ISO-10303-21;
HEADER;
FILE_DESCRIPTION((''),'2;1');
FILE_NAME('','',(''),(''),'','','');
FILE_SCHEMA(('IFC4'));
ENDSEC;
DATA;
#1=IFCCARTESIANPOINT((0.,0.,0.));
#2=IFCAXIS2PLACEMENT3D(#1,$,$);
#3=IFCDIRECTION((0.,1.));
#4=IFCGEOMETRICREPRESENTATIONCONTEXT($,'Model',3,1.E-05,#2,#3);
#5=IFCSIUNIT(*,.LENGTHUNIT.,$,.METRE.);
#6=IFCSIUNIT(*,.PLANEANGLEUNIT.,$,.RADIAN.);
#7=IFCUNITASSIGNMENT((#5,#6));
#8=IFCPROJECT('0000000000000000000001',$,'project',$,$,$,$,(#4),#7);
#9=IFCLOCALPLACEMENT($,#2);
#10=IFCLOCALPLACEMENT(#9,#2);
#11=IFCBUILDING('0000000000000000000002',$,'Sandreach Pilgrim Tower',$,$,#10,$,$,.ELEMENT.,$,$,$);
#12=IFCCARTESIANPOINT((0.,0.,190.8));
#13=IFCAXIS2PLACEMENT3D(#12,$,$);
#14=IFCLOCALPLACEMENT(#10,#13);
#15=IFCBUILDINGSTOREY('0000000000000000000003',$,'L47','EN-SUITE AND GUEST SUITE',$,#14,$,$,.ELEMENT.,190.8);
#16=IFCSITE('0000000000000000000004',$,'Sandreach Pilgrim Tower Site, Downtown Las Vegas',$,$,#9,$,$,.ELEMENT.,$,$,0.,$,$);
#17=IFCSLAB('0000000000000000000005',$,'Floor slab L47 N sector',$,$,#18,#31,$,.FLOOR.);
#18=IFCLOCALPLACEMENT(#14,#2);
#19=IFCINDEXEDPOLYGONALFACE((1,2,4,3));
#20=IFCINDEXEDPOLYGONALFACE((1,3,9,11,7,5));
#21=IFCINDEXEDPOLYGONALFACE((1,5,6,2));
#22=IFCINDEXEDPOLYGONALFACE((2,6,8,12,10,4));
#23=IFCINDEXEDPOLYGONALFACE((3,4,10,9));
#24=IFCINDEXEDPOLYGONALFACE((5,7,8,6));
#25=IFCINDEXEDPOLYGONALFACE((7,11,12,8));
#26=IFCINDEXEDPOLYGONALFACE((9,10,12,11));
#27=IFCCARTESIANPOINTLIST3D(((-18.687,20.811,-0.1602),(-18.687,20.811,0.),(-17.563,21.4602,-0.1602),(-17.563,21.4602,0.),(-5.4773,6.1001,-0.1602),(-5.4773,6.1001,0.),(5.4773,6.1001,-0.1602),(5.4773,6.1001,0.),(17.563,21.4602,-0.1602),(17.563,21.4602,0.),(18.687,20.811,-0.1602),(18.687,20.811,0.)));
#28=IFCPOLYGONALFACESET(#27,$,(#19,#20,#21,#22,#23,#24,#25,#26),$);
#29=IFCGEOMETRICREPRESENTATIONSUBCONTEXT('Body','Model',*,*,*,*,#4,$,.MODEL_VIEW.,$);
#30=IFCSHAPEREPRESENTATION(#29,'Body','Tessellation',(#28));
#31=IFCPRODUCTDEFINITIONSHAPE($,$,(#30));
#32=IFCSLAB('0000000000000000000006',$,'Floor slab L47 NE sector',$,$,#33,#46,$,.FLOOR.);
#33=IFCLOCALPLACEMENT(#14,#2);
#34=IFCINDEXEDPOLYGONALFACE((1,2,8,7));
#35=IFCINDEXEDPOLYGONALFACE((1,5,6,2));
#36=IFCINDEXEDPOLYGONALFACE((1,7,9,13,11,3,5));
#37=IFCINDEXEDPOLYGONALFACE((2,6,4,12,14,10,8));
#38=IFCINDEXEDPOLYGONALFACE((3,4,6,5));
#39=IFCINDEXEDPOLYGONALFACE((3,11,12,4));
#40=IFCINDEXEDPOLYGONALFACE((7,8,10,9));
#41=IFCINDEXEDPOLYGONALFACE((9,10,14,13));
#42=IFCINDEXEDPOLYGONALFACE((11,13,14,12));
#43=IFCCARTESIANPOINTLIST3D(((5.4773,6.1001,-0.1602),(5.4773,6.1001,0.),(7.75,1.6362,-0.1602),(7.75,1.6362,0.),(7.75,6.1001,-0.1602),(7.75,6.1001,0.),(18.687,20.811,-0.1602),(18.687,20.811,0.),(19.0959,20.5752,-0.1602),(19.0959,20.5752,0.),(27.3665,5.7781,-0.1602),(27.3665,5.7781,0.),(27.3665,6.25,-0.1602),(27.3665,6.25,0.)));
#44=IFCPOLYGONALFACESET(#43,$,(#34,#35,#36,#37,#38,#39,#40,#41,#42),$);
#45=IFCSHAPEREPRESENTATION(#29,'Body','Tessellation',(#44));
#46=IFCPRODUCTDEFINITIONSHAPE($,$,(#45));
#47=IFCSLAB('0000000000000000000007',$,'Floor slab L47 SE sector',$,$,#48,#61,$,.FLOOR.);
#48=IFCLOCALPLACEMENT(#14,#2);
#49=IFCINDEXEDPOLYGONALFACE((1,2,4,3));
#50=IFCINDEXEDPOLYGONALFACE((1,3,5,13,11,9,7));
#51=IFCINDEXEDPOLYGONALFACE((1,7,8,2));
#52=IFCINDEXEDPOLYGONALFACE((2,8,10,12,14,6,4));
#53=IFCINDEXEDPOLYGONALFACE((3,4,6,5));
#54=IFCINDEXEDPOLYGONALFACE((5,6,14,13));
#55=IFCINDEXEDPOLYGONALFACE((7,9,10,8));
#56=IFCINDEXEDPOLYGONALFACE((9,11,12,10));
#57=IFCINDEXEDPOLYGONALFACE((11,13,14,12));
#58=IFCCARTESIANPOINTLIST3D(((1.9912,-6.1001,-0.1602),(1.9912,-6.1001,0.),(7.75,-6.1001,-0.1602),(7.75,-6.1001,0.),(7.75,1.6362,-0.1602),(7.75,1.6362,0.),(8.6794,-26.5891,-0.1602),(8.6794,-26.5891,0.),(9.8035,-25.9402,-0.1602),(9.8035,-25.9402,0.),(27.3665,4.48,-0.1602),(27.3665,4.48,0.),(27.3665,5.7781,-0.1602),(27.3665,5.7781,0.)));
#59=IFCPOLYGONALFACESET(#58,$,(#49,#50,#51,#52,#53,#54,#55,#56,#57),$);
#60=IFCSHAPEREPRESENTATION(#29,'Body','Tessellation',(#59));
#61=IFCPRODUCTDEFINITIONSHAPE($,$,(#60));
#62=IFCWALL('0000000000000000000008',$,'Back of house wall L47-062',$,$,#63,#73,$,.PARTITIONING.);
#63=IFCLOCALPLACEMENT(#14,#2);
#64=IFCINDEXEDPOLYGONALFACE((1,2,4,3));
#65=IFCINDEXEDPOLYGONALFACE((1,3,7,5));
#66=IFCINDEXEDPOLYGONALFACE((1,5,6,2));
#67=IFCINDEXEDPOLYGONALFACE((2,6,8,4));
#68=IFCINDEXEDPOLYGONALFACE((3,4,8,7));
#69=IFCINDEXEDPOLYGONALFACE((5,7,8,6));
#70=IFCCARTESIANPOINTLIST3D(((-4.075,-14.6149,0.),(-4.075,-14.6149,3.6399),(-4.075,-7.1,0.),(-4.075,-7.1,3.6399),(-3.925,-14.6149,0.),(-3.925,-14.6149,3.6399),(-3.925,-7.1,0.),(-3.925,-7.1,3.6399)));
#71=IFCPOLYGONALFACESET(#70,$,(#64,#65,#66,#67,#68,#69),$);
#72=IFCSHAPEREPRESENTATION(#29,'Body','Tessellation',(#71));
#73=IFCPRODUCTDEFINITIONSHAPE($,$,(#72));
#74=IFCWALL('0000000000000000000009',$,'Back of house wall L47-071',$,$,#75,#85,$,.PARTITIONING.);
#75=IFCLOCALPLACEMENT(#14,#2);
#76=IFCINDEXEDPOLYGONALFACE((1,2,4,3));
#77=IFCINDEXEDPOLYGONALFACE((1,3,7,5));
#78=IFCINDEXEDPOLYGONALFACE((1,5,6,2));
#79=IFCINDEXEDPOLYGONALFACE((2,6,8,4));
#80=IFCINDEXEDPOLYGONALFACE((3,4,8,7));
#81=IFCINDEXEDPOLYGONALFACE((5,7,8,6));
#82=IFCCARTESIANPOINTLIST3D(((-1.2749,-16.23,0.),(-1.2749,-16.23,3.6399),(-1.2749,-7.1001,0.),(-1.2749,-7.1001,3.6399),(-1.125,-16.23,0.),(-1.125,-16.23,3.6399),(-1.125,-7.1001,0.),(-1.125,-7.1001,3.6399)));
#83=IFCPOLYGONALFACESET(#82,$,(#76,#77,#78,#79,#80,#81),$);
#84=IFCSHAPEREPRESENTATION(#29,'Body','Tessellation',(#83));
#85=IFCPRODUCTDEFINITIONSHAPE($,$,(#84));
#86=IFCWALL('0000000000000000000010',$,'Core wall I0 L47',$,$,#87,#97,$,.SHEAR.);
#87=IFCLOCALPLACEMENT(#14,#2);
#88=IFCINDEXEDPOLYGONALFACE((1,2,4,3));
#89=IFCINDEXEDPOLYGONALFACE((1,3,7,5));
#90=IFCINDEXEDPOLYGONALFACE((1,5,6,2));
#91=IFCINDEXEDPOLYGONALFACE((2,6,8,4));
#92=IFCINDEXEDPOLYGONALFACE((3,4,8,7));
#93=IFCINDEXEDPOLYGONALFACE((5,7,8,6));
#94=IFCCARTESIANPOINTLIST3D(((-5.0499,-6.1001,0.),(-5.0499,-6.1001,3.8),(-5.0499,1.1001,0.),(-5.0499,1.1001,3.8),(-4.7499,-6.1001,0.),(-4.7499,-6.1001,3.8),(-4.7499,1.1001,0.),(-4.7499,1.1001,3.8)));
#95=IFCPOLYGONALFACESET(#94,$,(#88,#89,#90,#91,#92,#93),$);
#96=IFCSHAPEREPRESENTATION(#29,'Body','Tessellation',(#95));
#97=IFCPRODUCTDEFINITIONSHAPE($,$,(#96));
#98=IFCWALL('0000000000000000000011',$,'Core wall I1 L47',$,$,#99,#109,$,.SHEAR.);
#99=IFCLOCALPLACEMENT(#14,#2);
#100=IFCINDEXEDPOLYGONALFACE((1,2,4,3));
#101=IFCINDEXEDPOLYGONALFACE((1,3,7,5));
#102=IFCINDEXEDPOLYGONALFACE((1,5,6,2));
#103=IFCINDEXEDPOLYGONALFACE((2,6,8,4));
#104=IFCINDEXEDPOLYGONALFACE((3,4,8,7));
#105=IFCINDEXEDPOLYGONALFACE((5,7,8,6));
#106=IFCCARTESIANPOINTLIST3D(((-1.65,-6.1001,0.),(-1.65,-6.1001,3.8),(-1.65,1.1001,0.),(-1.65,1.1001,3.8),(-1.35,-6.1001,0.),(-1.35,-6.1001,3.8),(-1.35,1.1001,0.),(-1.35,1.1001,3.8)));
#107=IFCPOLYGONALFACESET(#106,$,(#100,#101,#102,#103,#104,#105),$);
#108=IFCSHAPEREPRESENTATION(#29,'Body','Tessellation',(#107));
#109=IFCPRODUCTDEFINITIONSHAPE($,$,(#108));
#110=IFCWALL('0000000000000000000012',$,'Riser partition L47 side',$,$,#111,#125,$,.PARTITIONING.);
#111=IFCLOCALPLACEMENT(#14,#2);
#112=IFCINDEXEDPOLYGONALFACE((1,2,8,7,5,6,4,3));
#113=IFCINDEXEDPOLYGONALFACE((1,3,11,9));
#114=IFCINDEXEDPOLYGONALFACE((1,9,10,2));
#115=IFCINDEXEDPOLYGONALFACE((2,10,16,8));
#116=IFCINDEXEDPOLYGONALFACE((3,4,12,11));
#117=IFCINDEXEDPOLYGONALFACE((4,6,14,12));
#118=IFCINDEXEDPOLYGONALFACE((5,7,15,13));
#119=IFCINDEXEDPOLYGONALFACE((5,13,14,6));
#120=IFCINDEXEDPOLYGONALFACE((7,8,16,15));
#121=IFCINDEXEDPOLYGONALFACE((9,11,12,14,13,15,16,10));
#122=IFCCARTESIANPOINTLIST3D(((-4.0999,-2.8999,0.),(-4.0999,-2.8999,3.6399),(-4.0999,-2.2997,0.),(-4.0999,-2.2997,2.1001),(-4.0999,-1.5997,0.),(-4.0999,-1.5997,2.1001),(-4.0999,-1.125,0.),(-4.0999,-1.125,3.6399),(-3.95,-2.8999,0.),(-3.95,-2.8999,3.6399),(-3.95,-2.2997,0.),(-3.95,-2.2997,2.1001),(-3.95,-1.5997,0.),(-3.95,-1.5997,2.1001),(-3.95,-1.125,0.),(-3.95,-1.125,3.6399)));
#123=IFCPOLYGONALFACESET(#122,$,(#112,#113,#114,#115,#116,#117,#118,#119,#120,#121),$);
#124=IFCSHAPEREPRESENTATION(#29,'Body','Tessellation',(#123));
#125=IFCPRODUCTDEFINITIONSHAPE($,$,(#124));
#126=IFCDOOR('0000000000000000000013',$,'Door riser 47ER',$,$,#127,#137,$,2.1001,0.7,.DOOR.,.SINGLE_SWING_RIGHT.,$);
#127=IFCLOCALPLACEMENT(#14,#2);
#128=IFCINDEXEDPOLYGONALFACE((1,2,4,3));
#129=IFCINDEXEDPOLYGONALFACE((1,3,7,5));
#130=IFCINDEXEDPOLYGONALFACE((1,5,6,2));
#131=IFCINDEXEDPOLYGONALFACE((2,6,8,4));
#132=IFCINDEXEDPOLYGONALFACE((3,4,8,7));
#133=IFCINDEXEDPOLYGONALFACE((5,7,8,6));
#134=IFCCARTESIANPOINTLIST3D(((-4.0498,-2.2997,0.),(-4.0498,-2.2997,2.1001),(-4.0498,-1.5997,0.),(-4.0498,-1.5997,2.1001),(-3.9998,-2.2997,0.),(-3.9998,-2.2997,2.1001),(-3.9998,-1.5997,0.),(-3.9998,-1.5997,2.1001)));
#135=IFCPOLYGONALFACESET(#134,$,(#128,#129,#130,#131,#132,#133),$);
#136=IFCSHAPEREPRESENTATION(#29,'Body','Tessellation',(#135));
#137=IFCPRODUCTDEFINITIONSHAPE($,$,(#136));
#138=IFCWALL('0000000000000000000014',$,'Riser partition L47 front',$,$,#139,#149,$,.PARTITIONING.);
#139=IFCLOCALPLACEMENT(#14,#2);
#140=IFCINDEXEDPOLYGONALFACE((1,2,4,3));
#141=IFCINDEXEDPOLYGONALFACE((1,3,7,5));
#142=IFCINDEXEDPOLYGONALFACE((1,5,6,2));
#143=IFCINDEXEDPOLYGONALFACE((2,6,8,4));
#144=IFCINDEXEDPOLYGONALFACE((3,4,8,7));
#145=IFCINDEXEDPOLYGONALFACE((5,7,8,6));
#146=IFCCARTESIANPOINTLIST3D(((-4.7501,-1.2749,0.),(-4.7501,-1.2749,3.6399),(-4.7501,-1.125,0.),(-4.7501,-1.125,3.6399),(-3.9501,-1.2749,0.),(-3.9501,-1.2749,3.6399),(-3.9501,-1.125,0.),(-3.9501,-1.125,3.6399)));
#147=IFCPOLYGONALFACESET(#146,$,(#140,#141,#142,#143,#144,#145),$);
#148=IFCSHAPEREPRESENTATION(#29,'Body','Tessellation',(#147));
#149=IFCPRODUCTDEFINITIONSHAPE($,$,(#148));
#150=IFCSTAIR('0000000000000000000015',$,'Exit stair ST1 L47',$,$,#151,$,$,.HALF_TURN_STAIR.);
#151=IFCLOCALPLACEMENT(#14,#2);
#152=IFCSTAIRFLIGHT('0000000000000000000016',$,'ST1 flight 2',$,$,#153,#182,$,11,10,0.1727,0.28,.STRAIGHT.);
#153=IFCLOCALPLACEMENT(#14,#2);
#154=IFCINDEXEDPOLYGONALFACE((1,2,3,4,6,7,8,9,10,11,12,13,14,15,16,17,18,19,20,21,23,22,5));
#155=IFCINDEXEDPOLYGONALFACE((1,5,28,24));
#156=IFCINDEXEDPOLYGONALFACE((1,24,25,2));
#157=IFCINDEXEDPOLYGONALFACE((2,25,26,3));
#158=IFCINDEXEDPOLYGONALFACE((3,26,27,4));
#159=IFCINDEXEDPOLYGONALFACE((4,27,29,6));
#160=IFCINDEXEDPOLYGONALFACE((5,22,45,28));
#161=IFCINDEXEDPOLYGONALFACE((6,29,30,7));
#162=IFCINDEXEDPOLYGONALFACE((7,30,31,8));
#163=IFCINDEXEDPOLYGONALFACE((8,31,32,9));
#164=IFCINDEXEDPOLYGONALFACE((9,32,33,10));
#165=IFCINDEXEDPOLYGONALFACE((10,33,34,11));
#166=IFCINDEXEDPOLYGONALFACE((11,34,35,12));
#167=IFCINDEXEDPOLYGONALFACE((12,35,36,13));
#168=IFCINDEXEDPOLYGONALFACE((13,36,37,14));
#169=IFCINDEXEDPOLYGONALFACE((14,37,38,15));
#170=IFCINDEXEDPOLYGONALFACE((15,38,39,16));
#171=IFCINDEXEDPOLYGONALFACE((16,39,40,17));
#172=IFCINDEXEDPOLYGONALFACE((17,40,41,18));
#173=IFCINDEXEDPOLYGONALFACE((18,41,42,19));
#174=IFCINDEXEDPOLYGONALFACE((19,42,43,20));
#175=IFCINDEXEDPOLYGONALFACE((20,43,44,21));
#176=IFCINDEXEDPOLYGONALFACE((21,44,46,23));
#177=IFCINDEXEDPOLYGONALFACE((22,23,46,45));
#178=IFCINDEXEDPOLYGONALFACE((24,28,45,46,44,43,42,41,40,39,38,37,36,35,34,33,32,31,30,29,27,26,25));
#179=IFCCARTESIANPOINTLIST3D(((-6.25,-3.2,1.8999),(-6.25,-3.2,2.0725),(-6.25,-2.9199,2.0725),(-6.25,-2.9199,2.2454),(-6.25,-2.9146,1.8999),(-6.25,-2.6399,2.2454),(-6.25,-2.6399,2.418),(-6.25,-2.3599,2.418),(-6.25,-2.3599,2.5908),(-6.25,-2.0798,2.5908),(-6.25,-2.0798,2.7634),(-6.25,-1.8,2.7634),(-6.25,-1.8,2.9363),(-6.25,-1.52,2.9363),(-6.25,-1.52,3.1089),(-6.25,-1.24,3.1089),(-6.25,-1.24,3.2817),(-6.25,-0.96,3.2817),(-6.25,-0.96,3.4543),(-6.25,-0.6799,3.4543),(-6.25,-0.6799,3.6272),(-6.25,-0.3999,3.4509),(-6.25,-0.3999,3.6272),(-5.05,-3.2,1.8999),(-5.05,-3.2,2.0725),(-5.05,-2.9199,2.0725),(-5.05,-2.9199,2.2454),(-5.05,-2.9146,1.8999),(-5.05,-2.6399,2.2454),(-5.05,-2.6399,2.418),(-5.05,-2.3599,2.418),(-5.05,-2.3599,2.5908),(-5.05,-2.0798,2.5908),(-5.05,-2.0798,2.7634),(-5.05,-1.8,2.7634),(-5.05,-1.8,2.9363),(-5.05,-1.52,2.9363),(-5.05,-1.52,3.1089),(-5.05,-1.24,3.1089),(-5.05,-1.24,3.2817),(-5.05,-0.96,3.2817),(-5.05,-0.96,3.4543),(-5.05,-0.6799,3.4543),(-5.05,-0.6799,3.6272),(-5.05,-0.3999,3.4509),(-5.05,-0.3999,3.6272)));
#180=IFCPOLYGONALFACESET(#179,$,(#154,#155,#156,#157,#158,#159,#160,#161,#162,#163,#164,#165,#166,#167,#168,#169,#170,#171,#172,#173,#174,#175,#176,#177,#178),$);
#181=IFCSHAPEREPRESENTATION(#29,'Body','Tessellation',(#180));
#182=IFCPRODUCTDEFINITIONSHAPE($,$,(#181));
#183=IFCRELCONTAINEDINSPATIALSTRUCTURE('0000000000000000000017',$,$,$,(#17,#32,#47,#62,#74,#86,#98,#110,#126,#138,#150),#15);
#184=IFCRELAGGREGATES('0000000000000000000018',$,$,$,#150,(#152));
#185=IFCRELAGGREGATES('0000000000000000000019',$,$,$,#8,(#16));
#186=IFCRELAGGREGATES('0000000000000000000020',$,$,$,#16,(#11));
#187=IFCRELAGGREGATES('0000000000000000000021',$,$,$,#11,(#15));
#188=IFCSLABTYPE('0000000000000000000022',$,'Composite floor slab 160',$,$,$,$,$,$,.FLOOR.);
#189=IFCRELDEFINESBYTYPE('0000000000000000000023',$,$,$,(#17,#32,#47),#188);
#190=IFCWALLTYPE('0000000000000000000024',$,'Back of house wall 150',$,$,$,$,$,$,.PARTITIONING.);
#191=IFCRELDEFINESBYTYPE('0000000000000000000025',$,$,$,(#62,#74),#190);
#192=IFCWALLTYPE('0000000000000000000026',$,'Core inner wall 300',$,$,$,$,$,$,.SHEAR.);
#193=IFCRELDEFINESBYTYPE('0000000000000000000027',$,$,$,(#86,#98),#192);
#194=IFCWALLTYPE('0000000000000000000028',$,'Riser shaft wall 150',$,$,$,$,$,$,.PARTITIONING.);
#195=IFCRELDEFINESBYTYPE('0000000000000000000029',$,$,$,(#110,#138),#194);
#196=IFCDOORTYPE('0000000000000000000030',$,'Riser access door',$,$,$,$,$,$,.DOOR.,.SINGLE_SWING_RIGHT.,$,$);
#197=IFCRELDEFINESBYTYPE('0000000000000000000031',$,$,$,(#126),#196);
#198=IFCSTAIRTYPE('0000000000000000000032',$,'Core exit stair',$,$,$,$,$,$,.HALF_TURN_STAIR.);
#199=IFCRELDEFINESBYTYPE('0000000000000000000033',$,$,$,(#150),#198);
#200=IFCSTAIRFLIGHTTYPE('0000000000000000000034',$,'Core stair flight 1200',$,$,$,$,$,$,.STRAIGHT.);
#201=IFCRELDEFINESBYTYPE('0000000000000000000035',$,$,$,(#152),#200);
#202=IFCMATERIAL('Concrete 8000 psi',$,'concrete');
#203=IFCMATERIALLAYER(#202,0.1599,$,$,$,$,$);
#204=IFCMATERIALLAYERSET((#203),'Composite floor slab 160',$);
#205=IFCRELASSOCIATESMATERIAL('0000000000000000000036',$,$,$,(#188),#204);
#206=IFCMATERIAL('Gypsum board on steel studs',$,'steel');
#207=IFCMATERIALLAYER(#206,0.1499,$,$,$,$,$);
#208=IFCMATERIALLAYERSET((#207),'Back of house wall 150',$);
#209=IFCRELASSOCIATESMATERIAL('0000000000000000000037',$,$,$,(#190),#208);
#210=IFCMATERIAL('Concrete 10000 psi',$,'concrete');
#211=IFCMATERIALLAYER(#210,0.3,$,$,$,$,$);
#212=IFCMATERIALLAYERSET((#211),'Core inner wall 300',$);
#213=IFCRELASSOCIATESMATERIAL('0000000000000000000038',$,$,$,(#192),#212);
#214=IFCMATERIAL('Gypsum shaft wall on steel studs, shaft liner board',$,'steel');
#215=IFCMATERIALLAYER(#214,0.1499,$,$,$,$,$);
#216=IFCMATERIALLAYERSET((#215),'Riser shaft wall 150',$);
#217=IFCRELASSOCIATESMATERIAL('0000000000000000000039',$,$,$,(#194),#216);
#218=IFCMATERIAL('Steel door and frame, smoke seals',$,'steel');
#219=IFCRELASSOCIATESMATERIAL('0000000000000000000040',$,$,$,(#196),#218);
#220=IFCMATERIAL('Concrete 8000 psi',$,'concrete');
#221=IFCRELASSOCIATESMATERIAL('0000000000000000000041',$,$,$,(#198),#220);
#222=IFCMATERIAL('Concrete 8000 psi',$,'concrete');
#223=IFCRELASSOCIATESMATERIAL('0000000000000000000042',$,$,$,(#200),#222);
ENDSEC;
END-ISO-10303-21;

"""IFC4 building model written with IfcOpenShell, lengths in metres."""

from ifc_helpers import new_model, si_unit, direction, frame, frame_2d, origin, place, context, subcontext, project, spatial, polyline, rectangle, outline, extrude, material, layer, layer_set, type_object, element, fill, aggregate, save


model = new_model("IFC4")

# Units and contexts
model_context = context("Model", 3, precision=1e-05, world=origin(), true_north=direction((0.0, 1.0)))
body_context = subcontext(model_context, "Body", "Model", "MODEL_VIEW")
ifc_project = project(units=[si_unit("LENGTHUNIT", "METRE"), si_unit("PLANEANGLEUNIT", "RADIAN")], contexts=[model_context])

# Site, building, storey
site_placement = place(None, origin())
site = spatial("IfcSite", under=ifc_project, at=site_placement, Name="Sandreach Pilgrim Tower Site, Downtown Las Vegas", CompositionType="ELEMENT", RefElevation=0.0)
building_placement = place(site_placement, origin())
building = spatial("IfcBuilding", under=site, at=building_placement, Name="Sandreach Pilgrim Tower", CompositionType="ELEMENT")
storey_placement = place(building_placement, frame((0.0, 0.0, 190.8)))
storey = spatial("IfcBuildingStorey", under=building, at=storey_placement, Name="L47", Description="EN-SUITE AND GUEST SUITE", CompositionType="ELEMENT", Elevation=190.8)

# Slabs
ifc_material_1 = material(Name="Concrete 8000 psi", Category="concrete")
ifc_layer_1 = layer(ifc_material_1, 0.1599)
ifc_layer_set_1 = layer_set([ifc_layer_1], Name="Composite floor slab 160")
slab_type = type_object("IfcSlabType", Name="Composite floor slab 160", PredefinedType="FLOOR", material=ifc_layer_set_1)
slab_1_placement = place(storey_placement, frame((0.0, 0.0, -0.1602)))
element("IfcSlab", 1, at=slab_1_placement, inside=storey, type_object=slab_type, Name="Floor slab L47 N sector", PredefinedType="FLOOR", context=body_context, shape_type="SweptSolid", body=[
    extrude(outline(polyline([(-17.563, 21.4602), (17.563, 21.4602), (18.687, 20.811), (5.4773, 6.1001), (-5.4773, 6.1001), (-18.687, 20.811), (-17.563, 21.4602)])), origin(), (0.0, 0.0, 1.0), 0.1602),
])
slab_2_placement = place(storey_placement, frame((0.0, 0.0, -0.1602)))
element("IfcSlab", 2, at=slab_2_placement, inside=storey, type_object=slab_type, Name="Floor slab L47 NE sector", PredefinedType="FLOOR", context=body_context, shape_type="SweptSolid", body=[
    extrude(outline(polyline([(19.0959, 20.5752), (27.3665, 6.25), (27.3665, 5.7781), (7.75, 1.6362), (7.75, 6.1001), (5.4773, 6.1001), (18.687, 20.811), (19.0959, 20.5752)])), origin(), (0.0, 0.0, 1.0), 0.1602),
])
slab_3_placement = place(storey_placement, frame((0.0, 0.0, -0.1602)))
element("IfcSlab", 3, at=slab_3_placement, inside=storey, type_object=slab_type, Name="Floor slab L47 SE sector", PredefinedType="FLOOR", context=body_context, shape_type="SweptSolid", body=[
    extrude(outline(polyline([(27.3665, 4.48), (9.8035, -25.9402), (8.6794, -26.5891), (1.9912, -6.1001), (7.75, -6.1001), (7.75, 1.6362), (27.3665, 5.7781), (27.3665, 4.48)])), origin(), (0.0, 0.0, 1.0), 0.1602),
])

# Walls
ifc_material_2 = material(Name="Gypsum board on steel studs", Category="steel")
ifc_layer_2 = layer(ifc_material_2, 0.1499)
ifc_layer_set_2 = layer_set([ifc_layer_2], Name="Back of house wall 150")
wall_type_1 = type_object("IfcWallType", Name="Back of house wall 150", PredefinedType="PARTITIONING", material=ifc_layer_set_2)
wall_1_placement = place(storey_placement, frame((-4.0, -7.1001, 0.0), z_axis=(0.0, 0.0, 1.0), x_axis=(0.0, -1.0, 0.0)))
element("IfcWall", 4, at=wall_1_placement, inside=storey, type_object=wall_type_1, Name="Back of house wall L47-062", PredefinedType="PARTITIONING", context=body_context, shape_type="SweptSolid", body=[
    extrude(rectangle(XDim=7.5149, YDim=0.1499, at=frame_2d((3.7573, 0.0))), origin(), (0.0, 0.0, 1.0), 3.6399),
])
wall_2_placement = place(storey_placement, frame((-1.2, -7.1001, 0.0), z_axis=(0.0, 0.0, 1.0), x_axis=(0.0, -1.0, 0.0)))
element("IfcWall", 5, at=wall_2_placement, inside=storey, type_object=wall_type_1, Name="Back of house wall L47-071", PredefinedType="PARTITIONING", context=body_context, shape_type="SweptSolid", body=[
    extrude(rectangle(XDim=9.1299, YDim=0.1499, at=frame_2d((4.5649, 0.0))), origin(), (0.0, 0.0, 1.0), 3.6399),
])
ifc_material_3 = material(Name="Concrete 10000 psi", Category="concrete")
ifc_layer_3 = layer(ifc_material_3, 0.3)
ifc_layer_set_3 = layer_set([ifc_layer_3], Name="Core inner wall 300")
wall_type_2 = type_object("IfcWallType", Name="Core inner wall 300", PredefinedType="SHEAR", material=ifc_layer_set_3)
for number, where, z_axis, x_axis, name in (
    (6, (-4.8999, -6.1001, 0.0), (0.0, 0.0, 1.0), (0.0, 1.0, 0.0), "Core wall I0 L47"),
    (7, (-1.5, -6.1001, 0.0), (0.0, 0.0, 1.0), (0.0, 1.0, 0.0), "Core wall I1 L47"),
):
    element("IfcWall", number, at=place(storey_placement, frame(where, z_axis=z_axis, x_axis=x_axis)), inside=storey, type_object=wall_type_2, Name=name, PredefinedType="SHEAR", context=body_context, shape_type="SweptSolid", body=[
        extrude(rectangle(XDim=7.2002, YDim=0.3, at=frame_2d((3.6001, 0.0))), origin(), (0.0, 0.0, 1.0), 3.8),
    ])

# Wall, opening, door
ifc_material_4 = material(Name="Gypsum shaft wall on steel studs, shaft liner board", Category="steel")
ifc_layer_4 = layer(ifc_material_4, 0.1499)
ifc_layer_set_4 = layer_set([ifc_layer_4], Name="Riser shaft wall 150")
wall_type_3 = type_object("IfcWallType", Name="Riser shaft wall 150", PredefinedType="PARTITIONING", material=ifc_layer_set_4)
wall_3_placement = place(storey_placement, frame((-4.0249, -2.8999, 0.0), z_axis=(0.0, 0.0, 1.0), x_axis=(0.0, 1.0, 0.0)))
wall_3 = element("IfcWall", 8, at=wall_3_placement, inside=storey, type_object=wall_type_3, Name="Riser partition L47 side", PredefinedType="PARTITIONING", context=body_context, shape_type="SweptSolid", body=[
    extrude(rectangle(XDim=1.7749, YDim=0.1499, at=frame_2d((0.8875, 0.0))), origin(), (0.0, 0.0, 1.0), 3.6399),
])
opening_1_placement = place(wall_3_placement, frame((0.6001, 0.0, 0.0)))
opening_1 = element("IfcOpeningElement", 9, at=opening_1_placement, cuts=wall_3, PredefinedType="OPENING", context=body_context, shape_type="SweptSolid", body=[
    extrude(rectangle(XDim=0.7, YDim=2.1001, at=frame_2d((0.3501, 1.05))), frame((0.0, 0.075, 0.0), z_axis=(0.0, -1.0, 0.0), x_axis=(1.0, 0.0, 0.0)), (0.0, 0.0, 1.0), 0.1499),
])
ifc_material_5 = material(Name="Steel door and frame, smoke seals", Category="steel")
door_type_1 = type_object("IfcDoorType", Name="Riser access door", OperationType="SINGLE_SWING_RIGHT", PredefinedType="DOOR", material=ifc_material_5)
door_1_placement = place(opening_1_placement, origin())
door_1 = element("IfcDoor", 10, at=door_1_placement, inside=storey, type_object=door_type_1, Name="Door riser 47ER", OperationType="SINGLE_SWING_RIGHT", OverallHeight=2.1001, OverallWidth=0.7, PredefinedType="DOOR", context=body_context, shape_type="SweptSolid", body=[
    extrude(rectangle(XDim=0.7, YDim=2.1001, at=frame_2d((0.3501, 1.05))), frame((0.0, 0.0249, 0.0), z_axis=(0.0, -1.0, 0.0), x_axis=(1.0, 0.0, 0.0)), (0.0, 0.0, 1.0), 0.05),
])
fill(opening_1, door_1)

# Wall
wall_4_placement = place(storey_placement, frame((-4.75, -1.2, 0.0), z_axis=(0.0, 0.0, 1.0), x_axis=(1.0, 0.0, 0.0)))
element("IfcWall", 11, at=wall_4_placement, inside=storey, type_object=wall_type_3, Name="Riser partition L47 front", PredefinedType="PARTITIONING", context=body_context, shape_type="SweptSolid", body=[
    extrude(rectangle(XDim=0.8, YDim=0.1499, at=frame_2d((0.3999, 0.0))), origin(), (0.0, 0.0, 1.0), 3.6399),
])

# Stair, stair flight
ifc_material_6 = material(Name="Concrete 8000 psi", Category="concrete")
stair_type = type_object("IfcStairType", Name="Core exit stair", PredefinedType="HALF_TURN_STAIR", material=ifc_material_6)
stair_1_placement = place(storey_placement, origin())
stair_1 = element("IfcStair", 12, at=stair_1_placement, inside=storey, type_object=stair_type, Name="Exit stair ST1 L47", PredefinedType="HALF_TURN_STAIR")
ifc_material_7 = material(Name="Concrete 8000 psi", Category="concrete")
stair_flight_type = type_object("IfcStairFlightType", Name="Core stair flight 1200", PredefinedType="STRAIGHT", material=ifc_material_7)
stair_flight_1_placement = place(storey_placement, frame((-5.6499, -3.2, 1.8999), z_axis=(0.0, 0.0, 1.0), x_axis=(0.0, 1.0, 0.0)))
stair_flight_1 = element("IfcStairFlight", 13, at=stair_flight_1_placement, type_object=stair_flight_type, Name="ST1 flight 2", NumberOfRisers=11, NumberOfTreads=10, PredefinedType="STRAIGHT", RiserHeight=0.1727, TreadLength=0.28, context=body_context, shape_type="SweptSolid", body=[
    extrude(outline(polyline([(0.0, 0.0), (0.0, 0.1726), (0.28, 0.1726), (0.28, 0.3455), (0.5601, 0.3455), (0.5601, 0.5181), (0.8401, 0.5181), (0.8401, 0.6909), (1.1201, 0.6909), (1.1201, 0.8635), (1.3999, 0.8635), (1.3999, 1.0364), (1.6799, 1.0364), (1.6799, 1.209), (1.96, 1.209), (1.96, 1.3818), (2.24, 1.3818), (2.24, 1.5544), (2.52, 1.5544), (2.52, 1.7273), (2.8, 1.7273), (2.8, 1.8999), (2.8, 1.551), (0.2854, 0.0), (0.0, 0.0)])), frame((0.0, 0.6001, 0.0), z_axis=(0.0, -1.0, 0.0), x_axis=(1.0, 0.0, 0.0)), (0.0, 0.0, 1.0), 1.2),
])
aggregate(stair_1, [stair_flight_1])

save(model, "model.ifc")
